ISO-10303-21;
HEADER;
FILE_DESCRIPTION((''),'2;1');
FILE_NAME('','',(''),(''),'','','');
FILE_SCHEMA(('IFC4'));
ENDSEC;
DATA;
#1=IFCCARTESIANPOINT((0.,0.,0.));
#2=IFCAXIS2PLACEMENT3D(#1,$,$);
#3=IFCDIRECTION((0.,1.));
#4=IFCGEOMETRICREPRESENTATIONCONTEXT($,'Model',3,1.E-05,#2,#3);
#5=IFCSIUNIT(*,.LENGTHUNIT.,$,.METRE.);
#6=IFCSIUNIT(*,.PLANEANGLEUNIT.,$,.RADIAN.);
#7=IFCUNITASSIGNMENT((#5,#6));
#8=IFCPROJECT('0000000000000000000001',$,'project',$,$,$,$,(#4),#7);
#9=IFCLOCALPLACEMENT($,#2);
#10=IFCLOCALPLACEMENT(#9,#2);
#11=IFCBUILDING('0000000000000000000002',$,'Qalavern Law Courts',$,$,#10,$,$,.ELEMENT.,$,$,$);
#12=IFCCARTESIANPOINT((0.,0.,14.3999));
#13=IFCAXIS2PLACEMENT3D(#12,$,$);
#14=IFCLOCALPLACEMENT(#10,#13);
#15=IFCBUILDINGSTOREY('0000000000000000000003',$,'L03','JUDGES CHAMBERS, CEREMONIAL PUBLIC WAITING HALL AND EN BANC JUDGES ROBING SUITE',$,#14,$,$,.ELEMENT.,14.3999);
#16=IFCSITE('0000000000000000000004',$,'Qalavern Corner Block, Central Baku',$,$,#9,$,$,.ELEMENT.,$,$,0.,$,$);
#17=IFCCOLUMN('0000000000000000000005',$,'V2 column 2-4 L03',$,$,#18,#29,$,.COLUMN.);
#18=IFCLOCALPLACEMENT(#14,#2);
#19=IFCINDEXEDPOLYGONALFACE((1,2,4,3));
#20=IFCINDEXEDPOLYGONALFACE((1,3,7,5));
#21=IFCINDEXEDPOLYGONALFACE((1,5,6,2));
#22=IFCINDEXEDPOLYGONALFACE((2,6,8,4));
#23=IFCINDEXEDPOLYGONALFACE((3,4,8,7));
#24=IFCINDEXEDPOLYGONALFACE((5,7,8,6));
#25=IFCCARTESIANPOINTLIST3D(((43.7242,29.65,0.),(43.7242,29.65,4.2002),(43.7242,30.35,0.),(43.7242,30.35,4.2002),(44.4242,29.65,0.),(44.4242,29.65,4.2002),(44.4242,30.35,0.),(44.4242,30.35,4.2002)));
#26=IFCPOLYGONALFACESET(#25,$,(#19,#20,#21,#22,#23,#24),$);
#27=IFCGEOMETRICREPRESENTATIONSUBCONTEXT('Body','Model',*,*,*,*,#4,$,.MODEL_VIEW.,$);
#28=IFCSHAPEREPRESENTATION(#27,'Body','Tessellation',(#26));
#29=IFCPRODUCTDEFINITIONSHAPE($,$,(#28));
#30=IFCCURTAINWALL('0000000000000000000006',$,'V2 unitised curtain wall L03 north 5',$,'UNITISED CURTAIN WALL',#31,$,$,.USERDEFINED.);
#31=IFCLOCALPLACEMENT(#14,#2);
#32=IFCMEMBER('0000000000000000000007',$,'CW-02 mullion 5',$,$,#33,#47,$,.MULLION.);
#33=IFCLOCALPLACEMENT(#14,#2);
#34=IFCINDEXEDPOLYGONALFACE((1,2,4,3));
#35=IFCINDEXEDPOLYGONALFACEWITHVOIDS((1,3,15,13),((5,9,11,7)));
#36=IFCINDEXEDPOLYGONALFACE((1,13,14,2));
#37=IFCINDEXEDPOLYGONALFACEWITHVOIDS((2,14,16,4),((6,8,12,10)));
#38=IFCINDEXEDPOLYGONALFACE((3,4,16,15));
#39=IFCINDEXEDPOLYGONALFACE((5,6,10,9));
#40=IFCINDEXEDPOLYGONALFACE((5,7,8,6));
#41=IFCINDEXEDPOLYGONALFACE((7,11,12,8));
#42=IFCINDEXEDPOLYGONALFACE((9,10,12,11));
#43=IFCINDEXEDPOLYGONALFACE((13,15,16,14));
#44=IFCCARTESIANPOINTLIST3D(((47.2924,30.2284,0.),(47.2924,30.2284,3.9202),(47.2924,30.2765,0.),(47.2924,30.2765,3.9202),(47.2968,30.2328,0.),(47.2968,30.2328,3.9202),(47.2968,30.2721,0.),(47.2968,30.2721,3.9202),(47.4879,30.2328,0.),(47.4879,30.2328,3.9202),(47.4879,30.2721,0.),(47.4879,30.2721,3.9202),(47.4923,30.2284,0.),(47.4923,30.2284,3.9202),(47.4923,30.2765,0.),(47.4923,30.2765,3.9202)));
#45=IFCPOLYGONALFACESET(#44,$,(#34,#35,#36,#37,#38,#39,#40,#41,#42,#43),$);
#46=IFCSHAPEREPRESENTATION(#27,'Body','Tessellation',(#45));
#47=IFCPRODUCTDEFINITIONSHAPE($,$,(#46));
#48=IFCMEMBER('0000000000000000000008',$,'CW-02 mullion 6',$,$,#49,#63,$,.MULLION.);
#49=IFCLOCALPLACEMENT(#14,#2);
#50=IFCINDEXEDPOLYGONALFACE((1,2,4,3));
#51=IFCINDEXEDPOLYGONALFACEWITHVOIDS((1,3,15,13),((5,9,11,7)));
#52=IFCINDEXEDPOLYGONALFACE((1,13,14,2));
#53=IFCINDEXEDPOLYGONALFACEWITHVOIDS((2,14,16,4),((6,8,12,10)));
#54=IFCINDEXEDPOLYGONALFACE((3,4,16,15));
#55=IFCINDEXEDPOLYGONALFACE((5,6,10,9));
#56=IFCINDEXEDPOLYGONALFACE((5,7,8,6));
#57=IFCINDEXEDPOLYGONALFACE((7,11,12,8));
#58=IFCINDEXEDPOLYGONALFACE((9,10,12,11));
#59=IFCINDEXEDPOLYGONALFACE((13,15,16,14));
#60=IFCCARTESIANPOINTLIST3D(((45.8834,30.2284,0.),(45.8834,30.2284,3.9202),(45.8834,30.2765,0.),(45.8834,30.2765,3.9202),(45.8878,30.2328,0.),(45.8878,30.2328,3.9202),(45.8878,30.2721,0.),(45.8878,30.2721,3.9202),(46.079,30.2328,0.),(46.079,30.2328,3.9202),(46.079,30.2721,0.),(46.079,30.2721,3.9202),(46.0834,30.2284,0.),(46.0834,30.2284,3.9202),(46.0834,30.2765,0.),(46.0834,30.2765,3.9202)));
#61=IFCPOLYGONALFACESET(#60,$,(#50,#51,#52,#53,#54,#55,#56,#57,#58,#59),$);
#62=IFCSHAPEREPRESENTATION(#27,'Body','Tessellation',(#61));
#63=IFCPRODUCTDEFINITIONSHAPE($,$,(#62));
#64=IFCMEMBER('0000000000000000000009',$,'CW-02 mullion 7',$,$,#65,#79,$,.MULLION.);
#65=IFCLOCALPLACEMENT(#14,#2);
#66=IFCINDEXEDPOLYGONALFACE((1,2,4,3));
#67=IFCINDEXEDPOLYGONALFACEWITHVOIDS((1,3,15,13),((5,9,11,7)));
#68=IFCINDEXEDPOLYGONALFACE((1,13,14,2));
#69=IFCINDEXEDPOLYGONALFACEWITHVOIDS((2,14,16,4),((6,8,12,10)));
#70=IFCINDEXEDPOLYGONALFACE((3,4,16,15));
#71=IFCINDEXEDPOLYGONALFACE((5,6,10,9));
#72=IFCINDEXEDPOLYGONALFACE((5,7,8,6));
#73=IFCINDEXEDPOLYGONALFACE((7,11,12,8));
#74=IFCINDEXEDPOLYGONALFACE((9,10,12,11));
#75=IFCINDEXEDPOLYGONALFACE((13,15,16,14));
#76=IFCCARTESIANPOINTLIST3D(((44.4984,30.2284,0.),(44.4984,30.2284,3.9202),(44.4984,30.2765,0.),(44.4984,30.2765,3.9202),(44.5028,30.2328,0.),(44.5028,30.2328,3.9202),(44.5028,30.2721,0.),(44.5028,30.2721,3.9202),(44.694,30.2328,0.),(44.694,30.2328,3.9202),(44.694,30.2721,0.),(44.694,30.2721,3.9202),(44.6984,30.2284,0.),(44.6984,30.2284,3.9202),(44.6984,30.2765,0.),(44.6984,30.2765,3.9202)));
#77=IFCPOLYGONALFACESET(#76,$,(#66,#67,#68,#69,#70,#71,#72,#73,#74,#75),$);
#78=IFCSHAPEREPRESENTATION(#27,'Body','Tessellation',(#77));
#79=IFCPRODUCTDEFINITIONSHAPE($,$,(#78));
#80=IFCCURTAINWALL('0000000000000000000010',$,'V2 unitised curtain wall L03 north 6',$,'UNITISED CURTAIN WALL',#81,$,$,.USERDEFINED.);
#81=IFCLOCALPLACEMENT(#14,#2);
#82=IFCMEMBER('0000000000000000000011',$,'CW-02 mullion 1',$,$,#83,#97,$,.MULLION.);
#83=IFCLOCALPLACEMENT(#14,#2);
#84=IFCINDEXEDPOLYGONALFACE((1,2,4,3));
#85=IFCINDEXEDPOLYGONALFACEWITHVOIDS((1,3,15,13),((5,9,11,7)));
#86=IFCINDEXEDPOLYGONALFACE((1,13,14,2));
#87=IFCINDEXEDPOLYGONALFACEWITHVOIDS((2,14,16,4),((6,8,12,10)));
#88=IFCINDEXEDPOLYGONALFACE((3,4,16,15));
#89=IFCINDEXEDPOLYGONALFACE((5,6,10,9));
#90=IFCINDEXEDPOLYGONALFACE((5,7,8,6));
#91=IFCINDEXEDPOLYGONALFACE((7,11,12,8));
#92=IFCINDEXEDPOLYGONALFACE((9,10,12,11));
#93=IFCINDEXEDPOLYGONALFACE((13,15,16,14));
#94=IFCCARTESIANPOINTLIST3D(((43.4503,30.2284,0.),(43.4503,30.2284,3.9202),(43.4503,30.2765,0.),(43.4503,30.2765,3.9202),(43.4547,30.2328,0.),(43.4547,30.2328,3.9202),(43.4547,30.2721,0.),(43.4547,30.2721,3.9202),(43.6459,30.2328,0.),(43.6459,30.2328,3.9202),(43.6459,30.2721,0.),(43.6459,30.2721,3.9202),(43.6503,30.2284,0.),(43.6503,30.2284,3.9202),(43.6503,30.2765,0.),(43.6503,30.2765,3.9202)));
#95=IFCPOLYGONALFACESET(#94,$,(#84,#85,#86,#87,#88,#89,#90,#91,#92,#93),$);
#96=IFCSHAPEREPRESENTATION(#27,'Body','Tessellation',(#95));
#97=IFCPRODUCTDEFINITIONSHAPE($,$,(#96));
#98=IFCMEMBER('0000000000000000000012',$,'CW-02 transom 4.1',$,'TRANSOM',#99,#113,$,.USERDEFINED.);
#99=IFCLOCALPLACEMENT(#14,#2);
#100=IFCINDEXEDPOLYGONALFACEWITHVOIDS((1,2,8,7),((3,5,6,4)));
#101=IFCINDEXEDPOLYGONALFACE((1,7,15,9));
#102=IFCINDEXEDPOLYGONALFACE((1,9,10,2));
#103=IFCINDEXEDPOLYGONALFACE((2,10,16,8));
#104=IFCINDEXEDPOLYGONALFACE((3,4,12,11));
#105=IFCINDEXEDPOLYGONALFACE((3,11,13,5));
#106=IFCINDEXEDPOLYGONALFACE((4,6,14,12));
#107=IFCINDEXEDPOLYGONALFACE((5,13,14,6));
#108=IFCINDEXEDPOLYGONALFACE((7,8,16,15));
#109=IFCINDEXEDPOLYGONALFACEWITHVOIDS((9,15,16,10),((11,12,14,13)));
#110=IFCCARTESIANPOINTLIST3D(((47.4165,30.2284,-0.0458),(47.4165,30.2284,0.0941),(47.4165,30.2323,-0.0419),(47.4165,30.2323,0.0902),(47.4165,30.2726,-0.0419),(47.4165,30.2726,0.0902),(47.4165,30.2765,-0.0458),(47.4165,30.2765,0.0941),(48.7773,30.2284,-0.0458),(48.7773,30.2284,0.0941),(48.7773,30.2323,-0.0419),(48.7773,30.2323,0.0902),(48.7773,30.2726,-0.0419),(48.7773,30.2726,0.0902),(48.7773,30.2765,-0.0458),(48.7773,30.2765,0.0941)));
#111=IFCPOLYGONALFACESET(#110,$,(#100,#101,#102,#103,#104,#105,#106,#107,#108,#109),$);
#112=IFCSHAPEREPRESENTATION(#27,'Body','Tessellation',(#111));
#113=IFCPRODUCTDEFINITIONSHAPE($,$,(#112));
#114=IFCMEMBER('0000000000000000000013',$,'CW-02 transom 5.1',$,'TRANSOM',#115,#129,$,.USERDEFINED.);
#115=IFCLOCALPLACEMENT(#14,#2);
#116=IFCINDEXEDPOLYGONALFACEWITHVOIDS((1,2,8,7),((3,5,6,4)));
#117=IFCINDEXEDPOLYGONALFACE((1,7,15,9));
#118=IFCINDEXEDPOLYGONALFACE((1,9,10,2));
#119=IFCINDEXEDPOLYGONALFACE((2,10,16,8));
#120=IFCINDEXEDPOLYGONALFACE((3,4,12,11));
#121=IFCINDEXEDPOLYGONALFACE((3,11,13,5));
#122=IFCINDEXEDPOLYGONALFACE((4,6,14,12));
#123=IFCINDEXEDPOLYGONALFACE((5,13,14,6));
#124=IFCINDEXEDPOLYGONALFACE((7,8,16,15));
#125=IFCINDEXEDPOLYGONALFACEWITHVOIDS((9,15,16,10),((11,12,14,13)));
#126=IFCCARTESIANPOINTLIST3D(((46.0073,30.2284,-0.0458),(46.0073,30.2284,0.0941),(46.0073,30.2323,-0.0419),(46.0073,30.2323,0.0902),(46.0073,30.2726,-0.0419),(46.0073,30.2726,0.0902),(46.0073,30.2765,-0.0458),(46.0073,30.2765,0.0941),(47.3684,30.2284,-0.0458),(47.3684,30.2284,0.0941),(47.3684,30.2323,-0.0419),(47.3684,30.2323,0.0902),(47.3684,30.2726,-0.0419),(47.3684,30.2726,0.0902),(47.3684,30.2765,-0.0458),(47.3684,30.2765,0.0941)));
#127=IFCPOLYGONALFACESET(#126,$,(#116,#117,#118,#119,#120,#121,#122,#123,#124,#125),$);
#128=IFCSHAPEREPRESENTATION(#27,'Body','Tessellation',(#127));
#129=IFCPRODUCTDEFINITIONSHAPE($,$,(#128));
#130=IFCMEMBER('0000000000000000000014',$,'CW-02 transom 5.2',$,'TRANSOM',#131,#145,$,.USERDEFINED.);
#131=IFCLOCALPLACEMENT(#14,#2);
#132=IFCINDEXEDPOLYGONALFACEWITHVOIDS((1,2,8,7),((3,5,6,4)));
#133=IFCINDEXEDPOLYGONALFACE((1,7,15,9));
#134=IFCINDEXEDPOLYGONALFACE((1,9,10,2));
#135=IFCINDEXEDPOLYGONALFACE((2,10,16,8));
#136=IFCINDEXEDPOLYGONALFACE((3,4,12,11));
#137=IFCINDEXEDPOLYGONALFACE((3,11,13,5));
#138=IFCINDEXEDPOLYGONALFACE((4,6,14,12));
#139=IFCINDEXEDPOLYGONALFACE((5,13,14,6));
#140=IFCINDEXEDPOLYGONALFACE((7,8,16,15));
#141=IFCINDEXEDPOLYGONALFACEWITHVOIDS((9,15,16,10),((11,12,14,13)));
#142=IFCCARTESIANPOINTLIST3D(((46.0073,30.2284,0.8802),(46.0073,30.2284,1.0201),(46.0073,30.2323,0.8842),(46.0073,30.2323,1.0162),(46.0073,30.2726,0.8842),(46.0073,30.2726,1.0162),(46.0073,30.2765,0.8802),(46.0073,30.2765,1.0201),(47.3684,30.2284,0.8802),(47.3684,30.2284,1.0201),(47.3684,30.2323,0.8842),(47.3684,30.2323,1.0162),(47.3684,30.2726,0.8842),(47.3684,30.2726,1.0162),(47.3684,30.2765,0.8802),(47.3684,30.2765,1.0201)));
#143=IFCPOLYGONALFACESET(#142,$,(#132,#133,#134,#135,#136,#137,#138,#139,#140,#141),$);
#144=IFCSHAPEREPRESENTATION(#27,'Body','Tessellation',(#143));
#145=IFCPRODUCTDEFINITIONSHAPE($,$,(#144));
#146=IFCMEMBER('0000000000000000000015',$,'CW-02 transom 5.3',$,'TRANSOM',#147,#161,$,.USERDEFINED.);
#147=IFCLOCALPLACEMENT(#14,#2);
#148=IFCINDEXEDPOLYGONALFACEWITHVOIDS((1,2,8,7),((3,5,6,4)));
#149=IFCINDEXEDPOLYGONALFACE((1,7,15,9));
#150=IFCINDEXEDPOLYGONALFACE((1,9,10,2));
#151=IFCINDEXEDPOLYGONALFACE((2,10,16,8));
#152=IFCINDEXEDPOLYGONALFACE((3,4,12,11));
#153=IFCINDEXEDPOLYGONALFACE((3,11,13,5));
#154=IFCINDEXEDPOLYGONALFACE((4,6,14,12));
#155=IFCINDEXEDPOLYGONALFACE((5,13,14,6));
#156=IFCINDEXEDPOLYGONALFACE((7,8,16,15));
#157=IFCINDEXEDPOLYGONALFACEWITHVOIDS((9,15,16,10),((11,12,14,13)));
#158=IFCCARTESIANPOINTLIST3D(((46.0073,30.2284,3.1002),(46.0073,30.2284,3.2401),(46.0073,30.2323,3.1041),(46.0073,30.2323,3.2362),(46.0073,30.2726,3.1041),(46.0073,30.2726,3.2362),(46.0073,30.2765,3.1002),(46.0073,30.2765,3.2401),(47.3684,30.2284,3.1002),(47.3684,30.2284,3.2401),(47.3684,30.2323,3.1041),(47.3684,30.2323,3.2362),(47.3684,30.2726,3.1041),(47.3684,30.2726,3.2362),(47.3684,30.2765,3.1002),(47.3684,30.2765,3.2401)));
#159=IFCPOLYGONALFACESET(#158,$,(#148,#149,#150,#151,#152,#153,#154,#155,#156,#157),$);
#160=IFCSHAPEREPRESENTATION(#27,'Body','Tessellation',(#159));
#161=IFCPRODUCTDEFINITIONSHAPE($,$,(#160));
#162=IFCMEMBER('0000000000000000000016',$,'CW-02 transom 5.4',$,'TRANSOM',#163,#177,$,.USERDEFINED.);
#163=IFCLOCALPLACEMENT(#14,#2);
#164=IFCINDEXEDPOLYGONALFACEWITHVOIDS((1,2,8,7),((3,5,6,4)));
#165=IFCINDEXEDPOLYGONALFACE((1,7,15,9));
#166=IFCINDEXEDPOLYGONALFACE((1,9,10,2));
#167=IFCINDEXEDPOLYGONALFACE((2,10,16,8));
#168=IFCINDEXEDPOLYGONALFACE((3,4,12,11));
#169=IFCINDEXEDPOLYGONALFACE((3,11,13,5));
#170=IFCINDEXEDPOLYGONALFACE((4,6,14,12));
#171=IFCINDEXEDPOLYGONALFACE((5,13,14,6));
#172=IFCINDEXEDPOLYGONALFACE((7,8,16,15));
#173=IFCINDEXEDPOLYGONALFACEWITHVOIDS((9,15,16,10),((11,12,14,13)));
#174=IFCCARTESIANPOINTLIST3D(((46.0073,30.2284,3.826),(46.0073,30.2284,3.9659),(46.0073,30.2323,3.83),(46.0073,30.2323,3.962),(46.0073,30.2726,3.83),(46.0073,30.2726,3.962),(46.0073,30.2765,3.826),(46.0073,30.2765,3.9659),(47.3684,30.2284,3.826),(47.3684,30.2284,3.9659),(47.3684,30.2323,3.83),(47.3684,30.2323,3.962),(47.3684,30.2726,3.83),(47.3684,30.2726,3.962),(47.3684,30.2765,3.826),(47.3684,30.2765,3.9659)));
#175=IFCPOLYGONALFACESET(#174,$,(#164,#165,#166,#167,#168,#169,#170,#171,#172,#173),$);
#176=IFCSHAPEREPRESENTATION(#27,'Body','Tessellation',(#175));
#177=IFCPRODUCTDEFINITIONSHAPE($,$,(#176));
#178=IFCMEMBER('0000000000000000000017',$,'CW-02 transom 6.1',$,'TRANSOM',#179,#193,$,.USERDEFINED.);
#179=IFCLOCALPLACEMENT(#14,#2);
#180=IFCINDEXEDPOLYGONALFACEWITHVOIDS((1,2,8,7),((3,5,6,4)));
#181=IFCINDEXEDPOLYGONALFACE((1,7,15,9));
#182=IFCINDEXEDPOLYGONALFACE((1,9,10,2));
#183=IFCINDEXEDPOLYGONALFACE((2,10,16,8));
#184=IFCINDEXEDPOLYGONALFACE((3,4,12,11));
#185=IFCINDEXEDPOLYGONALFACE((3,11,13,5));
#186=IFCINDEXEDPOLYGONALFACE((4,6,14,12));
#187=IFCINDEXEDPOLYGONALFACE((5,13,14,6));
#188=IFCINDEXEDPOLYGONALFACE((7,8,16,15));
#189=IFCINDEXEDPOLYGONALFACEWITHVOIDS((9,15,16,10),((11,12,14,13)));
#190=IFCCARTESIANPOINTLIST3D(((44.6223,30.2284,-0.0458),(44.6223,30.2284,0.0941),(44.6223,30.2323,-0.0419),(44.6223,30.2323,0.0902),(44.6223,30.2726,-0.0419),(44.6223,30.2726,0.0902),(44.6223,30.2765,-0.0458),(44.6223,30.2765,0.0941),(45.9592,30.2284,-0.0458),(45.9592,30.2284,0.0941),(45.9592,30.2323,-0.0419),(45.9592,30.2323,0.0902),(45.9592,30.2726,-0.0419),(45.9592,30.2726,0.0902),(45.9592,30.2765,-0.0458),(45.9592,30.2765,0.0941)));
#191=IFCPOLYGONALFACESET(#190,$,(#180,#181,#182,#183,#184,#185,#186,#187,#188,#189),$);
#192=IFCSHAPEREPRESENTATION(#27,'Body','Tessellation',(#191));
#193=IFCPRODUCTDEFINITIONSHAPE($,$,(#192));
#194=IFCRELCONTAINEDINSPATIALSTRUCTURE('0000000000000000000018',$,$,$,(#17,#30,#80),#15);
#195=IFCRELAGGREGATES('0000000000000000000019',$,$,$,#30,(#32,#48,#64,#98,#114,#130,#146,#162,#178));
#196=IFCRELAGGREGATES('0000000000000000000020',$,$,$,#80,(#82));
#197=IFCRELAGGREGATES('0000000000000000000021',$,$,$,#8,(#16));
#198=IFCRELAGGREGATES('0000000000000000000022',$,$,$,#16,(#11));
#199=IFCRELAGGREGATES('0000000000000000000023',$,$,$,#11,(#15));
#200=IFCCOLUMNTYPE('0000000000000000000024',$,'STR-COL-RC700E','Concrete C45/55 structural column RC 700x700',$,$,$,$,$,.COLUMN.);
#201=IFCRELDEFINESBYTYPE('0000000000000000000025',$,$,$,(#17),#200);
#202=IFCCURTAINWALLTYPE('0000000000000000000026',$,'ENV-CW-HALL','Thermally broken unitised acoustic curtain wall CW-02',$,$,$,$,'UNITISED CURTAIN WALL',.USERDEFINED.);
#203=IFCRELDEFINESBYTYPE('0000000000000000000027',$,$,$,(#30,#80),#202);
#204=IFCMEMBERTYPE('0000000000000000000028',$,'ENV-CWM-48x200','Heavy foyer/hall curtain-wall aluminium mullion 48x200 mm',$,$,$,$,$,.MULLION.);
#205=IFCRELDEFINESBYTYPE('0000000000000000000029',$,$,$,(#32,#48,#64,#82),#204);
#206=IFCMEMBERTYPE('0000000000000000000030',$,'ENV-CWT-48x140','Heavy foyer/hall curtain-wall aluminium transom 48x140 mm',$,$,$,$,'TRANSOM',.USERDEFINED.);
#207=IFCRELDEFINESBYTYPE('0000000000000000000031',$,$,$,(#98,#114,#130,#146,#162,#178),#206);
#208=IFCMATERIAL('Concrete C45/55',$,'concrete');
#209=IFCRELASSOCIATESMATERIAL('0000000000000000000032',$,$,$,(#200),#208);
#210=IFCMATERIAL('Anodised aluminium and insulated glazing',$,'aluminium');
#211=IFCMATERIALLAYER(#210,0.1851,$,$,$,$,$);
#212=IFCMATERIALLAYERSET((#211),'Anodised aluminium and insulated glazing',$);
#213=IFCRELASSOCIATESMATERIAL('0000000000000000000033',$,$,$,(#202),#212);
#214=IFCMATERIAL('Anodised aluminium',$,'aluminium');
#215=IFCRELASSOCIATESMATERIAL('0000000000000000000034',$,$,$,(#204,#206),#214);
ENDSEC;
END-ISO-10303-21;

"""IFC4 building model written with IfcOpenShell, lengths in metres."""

from ifc_helpers import new_model, si_unit, direction, frame, origin, origin_2d, place, context, subcontext, project, spatial, rectangle, hollow_rectangle, extrude, material, layer, layer_set, material_profile, profile_set, type_object, element, aggregate, save


model = new_model("IFC4")

# Units and contexts
model_context = context("Model", 3, precision=1e-05, world=origin(), true_north=direction((0.0, 1.0)))
body_context = subcontext(model_context, "Body", "Model", "MODEL_VIEW")
ifc_project = project(units=[si_unit("LENGTHUNIT", "METRE"), si_unit("PLANEANGLEUNIT", "RADIAN")], contexts=[model_context])

# Site, building, storey
site_placement = place(None, origin())
site = spatial("IfcSite", under=ifc_project, at=site_placement, Name="Qalavern Corner Block, Central Baku", CompositionType="ELEMENT", RefElevation=0.0)
building_placement = place(site_placement, origin())
building = spatial("IfcBuilding", under=site, at=building_placement, Name="Qalavern Law Courts", CompositionType="ELEMENT")
storey_placement = place(building_placement, frame((0.0, 0.0, 14.3999)))
storey = spatial("IfcBuildingStorey", under=building, at=storey_placement, Name="L03", Description="JUDGES CHAMBERS, CEREMONIAL PUBLIC WAITING HALL AND EN BANC JUDGES ROBING SUITE", CompositionType="ELEMENT", Elevation=14.3999)

# Column
ifc_material_1 = material(Name="Concrete C45/55", Category="concrete")
ifc_material_profile_1 = material_profile(ifc_material_1, rectangle(XDim=0.7, YDim=0.7, at=origin_2d()), Name="RC 700x700")
ifc_profile_set_1 = profile_set([ifc_material_profile_1], Name="Concrete C45/55")
column_type = type_object("IfcColumnType", Name="STR-COL-RC700E", Description="Concrete C45/55 structural column RC 700x700", PredefinedType="COLUMN", material=ifc_profile_set_1)
column_placement = place(storey_placement, frame((44.0742, 30.0, 0.0), z_axis=(0.0, 0.0, 1.0), x_axis=(1.0, 0.0, 0.0)))
element("IfcColumn", 1, at=column_placement, inside=storey, type_object=column_type, Name="V2 column 2-4 L03", PredefinedType="COLUMN", context=body_context, shape_type="SweptSolid", body=[
    extrude(rectangle(XDim=0.7, YDim=0.7, at=origin_2d()), origin(), (0.0, 0.0, 1.0), 4.2002),
])

# Curtain wall, members
ifc_material_2 = material(Name="Anodised aluminium and insulated glazing", Category="aluminium")
ifc_layer_1 = layer(ifc_material_2, 0.1851)
ifc_layer_set_1 = layer_set([ifc_layer_1], Name="Anodised aluminium and insulated glazing")
curtain_wall_type = type_object("IfcCurtainWallType", Name="ENV-CW-HALL", Description="Thermally broken unitised acoustic curtain wall CW-02", ElementType="UNITISED CURTAIN WALL", PredefinedType="USERDEFINED", material=ifc_layer_set_1)
curtain_wall_1_placement = place(storey_placement, origin())
curtain_wall_1 = element("IfcCurtainWall", 2, at=curtain_wall_1_placement, inside=storey, type_object=curtain_wall_type, Name="V2 unitised curtain wall L03 north 5", ObjectType="UNITISED CURTAIN WALL", PredefinedType="USERDEFINED")
ifc_material_3 = material(Name="Anodised aluminium", Category="aluminium")
ifc_material_profile_2 = material_profile(ifc_material_3, hollow_rectangle(XDim=0.0481, YDim=0.2, WallThickness=0.0044, at=origin_2d()), Name="ALU MULLION 48x200")
ifc_profile_set_2 = profile_set([ifc_material_profile_2], Name="Anodised aluminium")
member_type_1 = type_object("IfcMemberType", Name="ENV-CWM-48x200", Description="Heavy foyer/hall curtain-wall aluminium mullion 48x200 mm", PredefinedType="MULLION", material=ifc_profile_set_2)
member_1_placement = place(storey_placement, frame((47.3923, 30.2524, 0.0), z_axis=(0.0, 0.0, 1.0), x_axis=(0.0, -1.0, 0.0)))
member_1 = element("IfcMember", 3, at=member_1_placement, type_object=member_type_1, Name="CW-02 mullion 5", PredefinedType="MULLION", context=body_context, shape_type="SweptSolid", body=[
    extrude(hollow_rectangle(XDim=0.0481, YDim=0.2, WallThickness=0.0044, at=origin_2d()), origin(), (0.0, 0.0, 1.0), 3.9202),
])
member_2_placement = place(storey_placement, frame((45.9834, 30.2524, 0.0), z_axis=(0.0, 0.0, 1.0), x_axis=(0.0, -1.0, 0.0)))
member_2 = element("IfcMember", 4, at=member_2_placement, type_object=member_type_1, Name="CW-02 mullion 6", PredefinedType="MULLION", context=body_context, shape_type="SweptSolid", body=[
    extrude(hollow_rectangle(XDim=0.0481, YDim=0.2, WallThickness=0.0044, at=origin_2d()), origin(), (0.0, 0.0, 1.0), 3.9202),
])
member_3_placement = place(storey_placement, frame((44.5984, 30.2524, 0.0), z_axis=(0.0, 0.0, 1.0), x_axis=(0.0, -1.0, 0.0)))
member_3 = element("IfcMember", 5, at=member_3_placement, type_object=member_type_1, Name="CW-02 mullion 7", PredefinedType="MULLION", context=body_context, shape_type="SweptSolid", body=[
    extrude(hollow_rectangle(XDim=0.0481, YDim=0.2, WallThickness=0.0044, at=origin_2d()), origin(), (0.0, 0.0, 1.0), 3.9202),
])

# Curtain wall, member
curtain_wall_2_placement = place(storey_placement, origin())
curtain_wall_2 = element("IfcCurtainWall", 6, at=curtain_wall_2_placement, inside=storey, type_object=curtain_wall_type, Name="V2 unitised curtain wall L03 north 6", ObjectType="UNITISED CURTAIN WALL", PredefinedType="USERDEFINED")
member_4_placement = place(storey_placement, frame((43.5503, 30.2524, 0.0), z_axis=(0.0, 0.0, 1.0), x_axis=(0.0, -1.0, 0.0)))
member_4 = element("IfcMember", 7, at=member_4_placement, type_object=member_type_1, Name="CW-02 mullion 1", PredefinedType="MULLION", context=body_context, shape_type="SweptSolid", body=[
    extrude(hollow_rectangle(XDim=0.0481, YDim=0.2, WallThickness=0.0044, at=origin_2d()), origin(), (0.0, 0.0, 1.0), 3.9202),
])

# Members
ifc_material_profile_3 = material_profile(ifc_material_3, hollow_rectangle(XDim=0.0481, YDim=0.1399, WallThickness=0.0039, at=origin_2d()), Name="ALU TRANSOM 48x140")
ifc_profile_set_3 = profile_set([ifc_material_profile_3], Name="Anodised aluminium")
member_type_2 = type_object("IfcMemberType", Name="ENV-CWT-48x140", Description="Heavy foyer/hall curtain-wall aluminium transom 48x140 mm", ElementType="TRANSOM", PredefinedType="USERDEFINED", material=ifc_profile_set_3)
member_5_placement = place(storey_placement, frame((48.7773, 30.2524, 0.0242), z_axis=(-1.0, 0.0, 0.0), x_axis=(0.0, -1.0, 0.0)))
member_5 = element("IfcMember", 8, at=member_5_placement, type_object=member_type_2, Name="CW-02 transom 4.1", ObjectType="TRANSOM", PredefinedType="USERDEFINED", context=body_context, shape_type="SweptSolid", body=[
    extrude(hollow_rectangle(XDim=0.0481, YDim=0.1399, WallThickness=0.0039, at=origin_2d()), origin(), (0.0, 0.0, 1.0), 1.3608),
])
member_6_placement = place(storey_placement, frame((47.3684, 30.2524, 0.0242), z_axis=(-1.0, 0.0, 0.0), x_axis=(0.0, -1.0, 0.0)))
member_6 = element("IfcMember", 9, at=member_6_placement, type_object=member_type_2, Name="CW-02 transom 5.1", ObjectType="TRANSOM", PredefinedType="USERDEFINED", context=body_context, shape_type="SweptSolid", body=[
    extrude(hollow_rectangle(XDim=0.0481, YDim=0.1399, WallThickness=0.0039, at=origin_2d()), origin(), (0.0, 0.0, 1.0), 1.3611),
])
member_7_placement = place(storey_placement, frame((47.3684, 30.2524, 0.9502), z_axis=(-1.0, 0.0, 0.0), x_axis=(0.0, -1.0, 0.0)))
member_7 = element("IfcMember", 10, at=member_7_placement, type_object=member_type_2, Name="CW-02 transom 5.2", ObjectType="TRANSOM", PredefinedType="USERDEFINED", context=body_context, shape_type="SweptSolid", body=[
    extrude(hollow_rectangle(XDim=0.0481, YDim=0.1399, WallThickness=0.0039, at=origin_2d()), origin(), (0.0, 0.0, 1.0), 1.3611),
])
member_8_placement = place(storey_placement, frame((47.3684, 30.2524, 3.1702), z_axis=(-1.0, 0.0, 0.0), x_axis=(0.0, -1.0, 0.0)))
member_8 = element("IfcMember", 11, at=member_8_placement, type_object=member_type_2, Name="CW-02 transom 5.3", ObjectType="TRANSOM", PredefinedType="USERDEFINED", context=body_context, shape_type="SweptSolid", body=[
    extrude(hollow_rectangle(XDim=0.0481, YDim=0.1399, WallThickness=0.0039, at=origin_2d()), origin(), (0.0, 0.0, 1.0), 1.3611),
])
member_9_placement = place(storey_placement, frame((47.3684, 30.2524, 3.896), z_axis=(-1.0, 0.0, 0.0), x_axis=(0.0, -1.0, 0.0)))
member_9 = element("IfcMember", 12, at=member_9_placement, type_object=member_type_2, Name="CW-02 transom 5.4", ObjectType="TRANSOM", PredefinedType="USERDEFINED", context=body_context, shape_type="SweptSolid", body=[
    extrude(hollow_rectangle(XDim=0.0481, YDim=0.1399, WallThickness=0.0039, at=origin_2d()), origin(), (0.0, 0.0, 1.0), 1.3611),
])
member_10_placement = place(storey_placement, frame((45.9592, 30.2524, 0.0242), z_axis=(-1.0, 0.0, 0.0), x_axis=(0.0, -1.0, 0.0)))
member_10 = element("IfcMember", 13, at=member_10_placement, type_object=member_type_2, Name="CW-02 transom 6.1", ObjectType="TRANSOM", PredefinedType="USERDEFINED", context=body_context, shape_type="SweptSolid", body=[
    extrude(hollow_rectangle(XDim=0.0481, YDim=0.1399, WallThickness=0.0039, at=origin_2d()), origin(), (0.0, 0.0, 1.0), 1.3369),
])

aggregate(curtain_wall_1, [member_1, member_2, member_3, member_5, member_6, member_7, member_8, member_9, member_10])
aggregate(curtain_wall_2, [member_4])

save(model, "model.ifc")
